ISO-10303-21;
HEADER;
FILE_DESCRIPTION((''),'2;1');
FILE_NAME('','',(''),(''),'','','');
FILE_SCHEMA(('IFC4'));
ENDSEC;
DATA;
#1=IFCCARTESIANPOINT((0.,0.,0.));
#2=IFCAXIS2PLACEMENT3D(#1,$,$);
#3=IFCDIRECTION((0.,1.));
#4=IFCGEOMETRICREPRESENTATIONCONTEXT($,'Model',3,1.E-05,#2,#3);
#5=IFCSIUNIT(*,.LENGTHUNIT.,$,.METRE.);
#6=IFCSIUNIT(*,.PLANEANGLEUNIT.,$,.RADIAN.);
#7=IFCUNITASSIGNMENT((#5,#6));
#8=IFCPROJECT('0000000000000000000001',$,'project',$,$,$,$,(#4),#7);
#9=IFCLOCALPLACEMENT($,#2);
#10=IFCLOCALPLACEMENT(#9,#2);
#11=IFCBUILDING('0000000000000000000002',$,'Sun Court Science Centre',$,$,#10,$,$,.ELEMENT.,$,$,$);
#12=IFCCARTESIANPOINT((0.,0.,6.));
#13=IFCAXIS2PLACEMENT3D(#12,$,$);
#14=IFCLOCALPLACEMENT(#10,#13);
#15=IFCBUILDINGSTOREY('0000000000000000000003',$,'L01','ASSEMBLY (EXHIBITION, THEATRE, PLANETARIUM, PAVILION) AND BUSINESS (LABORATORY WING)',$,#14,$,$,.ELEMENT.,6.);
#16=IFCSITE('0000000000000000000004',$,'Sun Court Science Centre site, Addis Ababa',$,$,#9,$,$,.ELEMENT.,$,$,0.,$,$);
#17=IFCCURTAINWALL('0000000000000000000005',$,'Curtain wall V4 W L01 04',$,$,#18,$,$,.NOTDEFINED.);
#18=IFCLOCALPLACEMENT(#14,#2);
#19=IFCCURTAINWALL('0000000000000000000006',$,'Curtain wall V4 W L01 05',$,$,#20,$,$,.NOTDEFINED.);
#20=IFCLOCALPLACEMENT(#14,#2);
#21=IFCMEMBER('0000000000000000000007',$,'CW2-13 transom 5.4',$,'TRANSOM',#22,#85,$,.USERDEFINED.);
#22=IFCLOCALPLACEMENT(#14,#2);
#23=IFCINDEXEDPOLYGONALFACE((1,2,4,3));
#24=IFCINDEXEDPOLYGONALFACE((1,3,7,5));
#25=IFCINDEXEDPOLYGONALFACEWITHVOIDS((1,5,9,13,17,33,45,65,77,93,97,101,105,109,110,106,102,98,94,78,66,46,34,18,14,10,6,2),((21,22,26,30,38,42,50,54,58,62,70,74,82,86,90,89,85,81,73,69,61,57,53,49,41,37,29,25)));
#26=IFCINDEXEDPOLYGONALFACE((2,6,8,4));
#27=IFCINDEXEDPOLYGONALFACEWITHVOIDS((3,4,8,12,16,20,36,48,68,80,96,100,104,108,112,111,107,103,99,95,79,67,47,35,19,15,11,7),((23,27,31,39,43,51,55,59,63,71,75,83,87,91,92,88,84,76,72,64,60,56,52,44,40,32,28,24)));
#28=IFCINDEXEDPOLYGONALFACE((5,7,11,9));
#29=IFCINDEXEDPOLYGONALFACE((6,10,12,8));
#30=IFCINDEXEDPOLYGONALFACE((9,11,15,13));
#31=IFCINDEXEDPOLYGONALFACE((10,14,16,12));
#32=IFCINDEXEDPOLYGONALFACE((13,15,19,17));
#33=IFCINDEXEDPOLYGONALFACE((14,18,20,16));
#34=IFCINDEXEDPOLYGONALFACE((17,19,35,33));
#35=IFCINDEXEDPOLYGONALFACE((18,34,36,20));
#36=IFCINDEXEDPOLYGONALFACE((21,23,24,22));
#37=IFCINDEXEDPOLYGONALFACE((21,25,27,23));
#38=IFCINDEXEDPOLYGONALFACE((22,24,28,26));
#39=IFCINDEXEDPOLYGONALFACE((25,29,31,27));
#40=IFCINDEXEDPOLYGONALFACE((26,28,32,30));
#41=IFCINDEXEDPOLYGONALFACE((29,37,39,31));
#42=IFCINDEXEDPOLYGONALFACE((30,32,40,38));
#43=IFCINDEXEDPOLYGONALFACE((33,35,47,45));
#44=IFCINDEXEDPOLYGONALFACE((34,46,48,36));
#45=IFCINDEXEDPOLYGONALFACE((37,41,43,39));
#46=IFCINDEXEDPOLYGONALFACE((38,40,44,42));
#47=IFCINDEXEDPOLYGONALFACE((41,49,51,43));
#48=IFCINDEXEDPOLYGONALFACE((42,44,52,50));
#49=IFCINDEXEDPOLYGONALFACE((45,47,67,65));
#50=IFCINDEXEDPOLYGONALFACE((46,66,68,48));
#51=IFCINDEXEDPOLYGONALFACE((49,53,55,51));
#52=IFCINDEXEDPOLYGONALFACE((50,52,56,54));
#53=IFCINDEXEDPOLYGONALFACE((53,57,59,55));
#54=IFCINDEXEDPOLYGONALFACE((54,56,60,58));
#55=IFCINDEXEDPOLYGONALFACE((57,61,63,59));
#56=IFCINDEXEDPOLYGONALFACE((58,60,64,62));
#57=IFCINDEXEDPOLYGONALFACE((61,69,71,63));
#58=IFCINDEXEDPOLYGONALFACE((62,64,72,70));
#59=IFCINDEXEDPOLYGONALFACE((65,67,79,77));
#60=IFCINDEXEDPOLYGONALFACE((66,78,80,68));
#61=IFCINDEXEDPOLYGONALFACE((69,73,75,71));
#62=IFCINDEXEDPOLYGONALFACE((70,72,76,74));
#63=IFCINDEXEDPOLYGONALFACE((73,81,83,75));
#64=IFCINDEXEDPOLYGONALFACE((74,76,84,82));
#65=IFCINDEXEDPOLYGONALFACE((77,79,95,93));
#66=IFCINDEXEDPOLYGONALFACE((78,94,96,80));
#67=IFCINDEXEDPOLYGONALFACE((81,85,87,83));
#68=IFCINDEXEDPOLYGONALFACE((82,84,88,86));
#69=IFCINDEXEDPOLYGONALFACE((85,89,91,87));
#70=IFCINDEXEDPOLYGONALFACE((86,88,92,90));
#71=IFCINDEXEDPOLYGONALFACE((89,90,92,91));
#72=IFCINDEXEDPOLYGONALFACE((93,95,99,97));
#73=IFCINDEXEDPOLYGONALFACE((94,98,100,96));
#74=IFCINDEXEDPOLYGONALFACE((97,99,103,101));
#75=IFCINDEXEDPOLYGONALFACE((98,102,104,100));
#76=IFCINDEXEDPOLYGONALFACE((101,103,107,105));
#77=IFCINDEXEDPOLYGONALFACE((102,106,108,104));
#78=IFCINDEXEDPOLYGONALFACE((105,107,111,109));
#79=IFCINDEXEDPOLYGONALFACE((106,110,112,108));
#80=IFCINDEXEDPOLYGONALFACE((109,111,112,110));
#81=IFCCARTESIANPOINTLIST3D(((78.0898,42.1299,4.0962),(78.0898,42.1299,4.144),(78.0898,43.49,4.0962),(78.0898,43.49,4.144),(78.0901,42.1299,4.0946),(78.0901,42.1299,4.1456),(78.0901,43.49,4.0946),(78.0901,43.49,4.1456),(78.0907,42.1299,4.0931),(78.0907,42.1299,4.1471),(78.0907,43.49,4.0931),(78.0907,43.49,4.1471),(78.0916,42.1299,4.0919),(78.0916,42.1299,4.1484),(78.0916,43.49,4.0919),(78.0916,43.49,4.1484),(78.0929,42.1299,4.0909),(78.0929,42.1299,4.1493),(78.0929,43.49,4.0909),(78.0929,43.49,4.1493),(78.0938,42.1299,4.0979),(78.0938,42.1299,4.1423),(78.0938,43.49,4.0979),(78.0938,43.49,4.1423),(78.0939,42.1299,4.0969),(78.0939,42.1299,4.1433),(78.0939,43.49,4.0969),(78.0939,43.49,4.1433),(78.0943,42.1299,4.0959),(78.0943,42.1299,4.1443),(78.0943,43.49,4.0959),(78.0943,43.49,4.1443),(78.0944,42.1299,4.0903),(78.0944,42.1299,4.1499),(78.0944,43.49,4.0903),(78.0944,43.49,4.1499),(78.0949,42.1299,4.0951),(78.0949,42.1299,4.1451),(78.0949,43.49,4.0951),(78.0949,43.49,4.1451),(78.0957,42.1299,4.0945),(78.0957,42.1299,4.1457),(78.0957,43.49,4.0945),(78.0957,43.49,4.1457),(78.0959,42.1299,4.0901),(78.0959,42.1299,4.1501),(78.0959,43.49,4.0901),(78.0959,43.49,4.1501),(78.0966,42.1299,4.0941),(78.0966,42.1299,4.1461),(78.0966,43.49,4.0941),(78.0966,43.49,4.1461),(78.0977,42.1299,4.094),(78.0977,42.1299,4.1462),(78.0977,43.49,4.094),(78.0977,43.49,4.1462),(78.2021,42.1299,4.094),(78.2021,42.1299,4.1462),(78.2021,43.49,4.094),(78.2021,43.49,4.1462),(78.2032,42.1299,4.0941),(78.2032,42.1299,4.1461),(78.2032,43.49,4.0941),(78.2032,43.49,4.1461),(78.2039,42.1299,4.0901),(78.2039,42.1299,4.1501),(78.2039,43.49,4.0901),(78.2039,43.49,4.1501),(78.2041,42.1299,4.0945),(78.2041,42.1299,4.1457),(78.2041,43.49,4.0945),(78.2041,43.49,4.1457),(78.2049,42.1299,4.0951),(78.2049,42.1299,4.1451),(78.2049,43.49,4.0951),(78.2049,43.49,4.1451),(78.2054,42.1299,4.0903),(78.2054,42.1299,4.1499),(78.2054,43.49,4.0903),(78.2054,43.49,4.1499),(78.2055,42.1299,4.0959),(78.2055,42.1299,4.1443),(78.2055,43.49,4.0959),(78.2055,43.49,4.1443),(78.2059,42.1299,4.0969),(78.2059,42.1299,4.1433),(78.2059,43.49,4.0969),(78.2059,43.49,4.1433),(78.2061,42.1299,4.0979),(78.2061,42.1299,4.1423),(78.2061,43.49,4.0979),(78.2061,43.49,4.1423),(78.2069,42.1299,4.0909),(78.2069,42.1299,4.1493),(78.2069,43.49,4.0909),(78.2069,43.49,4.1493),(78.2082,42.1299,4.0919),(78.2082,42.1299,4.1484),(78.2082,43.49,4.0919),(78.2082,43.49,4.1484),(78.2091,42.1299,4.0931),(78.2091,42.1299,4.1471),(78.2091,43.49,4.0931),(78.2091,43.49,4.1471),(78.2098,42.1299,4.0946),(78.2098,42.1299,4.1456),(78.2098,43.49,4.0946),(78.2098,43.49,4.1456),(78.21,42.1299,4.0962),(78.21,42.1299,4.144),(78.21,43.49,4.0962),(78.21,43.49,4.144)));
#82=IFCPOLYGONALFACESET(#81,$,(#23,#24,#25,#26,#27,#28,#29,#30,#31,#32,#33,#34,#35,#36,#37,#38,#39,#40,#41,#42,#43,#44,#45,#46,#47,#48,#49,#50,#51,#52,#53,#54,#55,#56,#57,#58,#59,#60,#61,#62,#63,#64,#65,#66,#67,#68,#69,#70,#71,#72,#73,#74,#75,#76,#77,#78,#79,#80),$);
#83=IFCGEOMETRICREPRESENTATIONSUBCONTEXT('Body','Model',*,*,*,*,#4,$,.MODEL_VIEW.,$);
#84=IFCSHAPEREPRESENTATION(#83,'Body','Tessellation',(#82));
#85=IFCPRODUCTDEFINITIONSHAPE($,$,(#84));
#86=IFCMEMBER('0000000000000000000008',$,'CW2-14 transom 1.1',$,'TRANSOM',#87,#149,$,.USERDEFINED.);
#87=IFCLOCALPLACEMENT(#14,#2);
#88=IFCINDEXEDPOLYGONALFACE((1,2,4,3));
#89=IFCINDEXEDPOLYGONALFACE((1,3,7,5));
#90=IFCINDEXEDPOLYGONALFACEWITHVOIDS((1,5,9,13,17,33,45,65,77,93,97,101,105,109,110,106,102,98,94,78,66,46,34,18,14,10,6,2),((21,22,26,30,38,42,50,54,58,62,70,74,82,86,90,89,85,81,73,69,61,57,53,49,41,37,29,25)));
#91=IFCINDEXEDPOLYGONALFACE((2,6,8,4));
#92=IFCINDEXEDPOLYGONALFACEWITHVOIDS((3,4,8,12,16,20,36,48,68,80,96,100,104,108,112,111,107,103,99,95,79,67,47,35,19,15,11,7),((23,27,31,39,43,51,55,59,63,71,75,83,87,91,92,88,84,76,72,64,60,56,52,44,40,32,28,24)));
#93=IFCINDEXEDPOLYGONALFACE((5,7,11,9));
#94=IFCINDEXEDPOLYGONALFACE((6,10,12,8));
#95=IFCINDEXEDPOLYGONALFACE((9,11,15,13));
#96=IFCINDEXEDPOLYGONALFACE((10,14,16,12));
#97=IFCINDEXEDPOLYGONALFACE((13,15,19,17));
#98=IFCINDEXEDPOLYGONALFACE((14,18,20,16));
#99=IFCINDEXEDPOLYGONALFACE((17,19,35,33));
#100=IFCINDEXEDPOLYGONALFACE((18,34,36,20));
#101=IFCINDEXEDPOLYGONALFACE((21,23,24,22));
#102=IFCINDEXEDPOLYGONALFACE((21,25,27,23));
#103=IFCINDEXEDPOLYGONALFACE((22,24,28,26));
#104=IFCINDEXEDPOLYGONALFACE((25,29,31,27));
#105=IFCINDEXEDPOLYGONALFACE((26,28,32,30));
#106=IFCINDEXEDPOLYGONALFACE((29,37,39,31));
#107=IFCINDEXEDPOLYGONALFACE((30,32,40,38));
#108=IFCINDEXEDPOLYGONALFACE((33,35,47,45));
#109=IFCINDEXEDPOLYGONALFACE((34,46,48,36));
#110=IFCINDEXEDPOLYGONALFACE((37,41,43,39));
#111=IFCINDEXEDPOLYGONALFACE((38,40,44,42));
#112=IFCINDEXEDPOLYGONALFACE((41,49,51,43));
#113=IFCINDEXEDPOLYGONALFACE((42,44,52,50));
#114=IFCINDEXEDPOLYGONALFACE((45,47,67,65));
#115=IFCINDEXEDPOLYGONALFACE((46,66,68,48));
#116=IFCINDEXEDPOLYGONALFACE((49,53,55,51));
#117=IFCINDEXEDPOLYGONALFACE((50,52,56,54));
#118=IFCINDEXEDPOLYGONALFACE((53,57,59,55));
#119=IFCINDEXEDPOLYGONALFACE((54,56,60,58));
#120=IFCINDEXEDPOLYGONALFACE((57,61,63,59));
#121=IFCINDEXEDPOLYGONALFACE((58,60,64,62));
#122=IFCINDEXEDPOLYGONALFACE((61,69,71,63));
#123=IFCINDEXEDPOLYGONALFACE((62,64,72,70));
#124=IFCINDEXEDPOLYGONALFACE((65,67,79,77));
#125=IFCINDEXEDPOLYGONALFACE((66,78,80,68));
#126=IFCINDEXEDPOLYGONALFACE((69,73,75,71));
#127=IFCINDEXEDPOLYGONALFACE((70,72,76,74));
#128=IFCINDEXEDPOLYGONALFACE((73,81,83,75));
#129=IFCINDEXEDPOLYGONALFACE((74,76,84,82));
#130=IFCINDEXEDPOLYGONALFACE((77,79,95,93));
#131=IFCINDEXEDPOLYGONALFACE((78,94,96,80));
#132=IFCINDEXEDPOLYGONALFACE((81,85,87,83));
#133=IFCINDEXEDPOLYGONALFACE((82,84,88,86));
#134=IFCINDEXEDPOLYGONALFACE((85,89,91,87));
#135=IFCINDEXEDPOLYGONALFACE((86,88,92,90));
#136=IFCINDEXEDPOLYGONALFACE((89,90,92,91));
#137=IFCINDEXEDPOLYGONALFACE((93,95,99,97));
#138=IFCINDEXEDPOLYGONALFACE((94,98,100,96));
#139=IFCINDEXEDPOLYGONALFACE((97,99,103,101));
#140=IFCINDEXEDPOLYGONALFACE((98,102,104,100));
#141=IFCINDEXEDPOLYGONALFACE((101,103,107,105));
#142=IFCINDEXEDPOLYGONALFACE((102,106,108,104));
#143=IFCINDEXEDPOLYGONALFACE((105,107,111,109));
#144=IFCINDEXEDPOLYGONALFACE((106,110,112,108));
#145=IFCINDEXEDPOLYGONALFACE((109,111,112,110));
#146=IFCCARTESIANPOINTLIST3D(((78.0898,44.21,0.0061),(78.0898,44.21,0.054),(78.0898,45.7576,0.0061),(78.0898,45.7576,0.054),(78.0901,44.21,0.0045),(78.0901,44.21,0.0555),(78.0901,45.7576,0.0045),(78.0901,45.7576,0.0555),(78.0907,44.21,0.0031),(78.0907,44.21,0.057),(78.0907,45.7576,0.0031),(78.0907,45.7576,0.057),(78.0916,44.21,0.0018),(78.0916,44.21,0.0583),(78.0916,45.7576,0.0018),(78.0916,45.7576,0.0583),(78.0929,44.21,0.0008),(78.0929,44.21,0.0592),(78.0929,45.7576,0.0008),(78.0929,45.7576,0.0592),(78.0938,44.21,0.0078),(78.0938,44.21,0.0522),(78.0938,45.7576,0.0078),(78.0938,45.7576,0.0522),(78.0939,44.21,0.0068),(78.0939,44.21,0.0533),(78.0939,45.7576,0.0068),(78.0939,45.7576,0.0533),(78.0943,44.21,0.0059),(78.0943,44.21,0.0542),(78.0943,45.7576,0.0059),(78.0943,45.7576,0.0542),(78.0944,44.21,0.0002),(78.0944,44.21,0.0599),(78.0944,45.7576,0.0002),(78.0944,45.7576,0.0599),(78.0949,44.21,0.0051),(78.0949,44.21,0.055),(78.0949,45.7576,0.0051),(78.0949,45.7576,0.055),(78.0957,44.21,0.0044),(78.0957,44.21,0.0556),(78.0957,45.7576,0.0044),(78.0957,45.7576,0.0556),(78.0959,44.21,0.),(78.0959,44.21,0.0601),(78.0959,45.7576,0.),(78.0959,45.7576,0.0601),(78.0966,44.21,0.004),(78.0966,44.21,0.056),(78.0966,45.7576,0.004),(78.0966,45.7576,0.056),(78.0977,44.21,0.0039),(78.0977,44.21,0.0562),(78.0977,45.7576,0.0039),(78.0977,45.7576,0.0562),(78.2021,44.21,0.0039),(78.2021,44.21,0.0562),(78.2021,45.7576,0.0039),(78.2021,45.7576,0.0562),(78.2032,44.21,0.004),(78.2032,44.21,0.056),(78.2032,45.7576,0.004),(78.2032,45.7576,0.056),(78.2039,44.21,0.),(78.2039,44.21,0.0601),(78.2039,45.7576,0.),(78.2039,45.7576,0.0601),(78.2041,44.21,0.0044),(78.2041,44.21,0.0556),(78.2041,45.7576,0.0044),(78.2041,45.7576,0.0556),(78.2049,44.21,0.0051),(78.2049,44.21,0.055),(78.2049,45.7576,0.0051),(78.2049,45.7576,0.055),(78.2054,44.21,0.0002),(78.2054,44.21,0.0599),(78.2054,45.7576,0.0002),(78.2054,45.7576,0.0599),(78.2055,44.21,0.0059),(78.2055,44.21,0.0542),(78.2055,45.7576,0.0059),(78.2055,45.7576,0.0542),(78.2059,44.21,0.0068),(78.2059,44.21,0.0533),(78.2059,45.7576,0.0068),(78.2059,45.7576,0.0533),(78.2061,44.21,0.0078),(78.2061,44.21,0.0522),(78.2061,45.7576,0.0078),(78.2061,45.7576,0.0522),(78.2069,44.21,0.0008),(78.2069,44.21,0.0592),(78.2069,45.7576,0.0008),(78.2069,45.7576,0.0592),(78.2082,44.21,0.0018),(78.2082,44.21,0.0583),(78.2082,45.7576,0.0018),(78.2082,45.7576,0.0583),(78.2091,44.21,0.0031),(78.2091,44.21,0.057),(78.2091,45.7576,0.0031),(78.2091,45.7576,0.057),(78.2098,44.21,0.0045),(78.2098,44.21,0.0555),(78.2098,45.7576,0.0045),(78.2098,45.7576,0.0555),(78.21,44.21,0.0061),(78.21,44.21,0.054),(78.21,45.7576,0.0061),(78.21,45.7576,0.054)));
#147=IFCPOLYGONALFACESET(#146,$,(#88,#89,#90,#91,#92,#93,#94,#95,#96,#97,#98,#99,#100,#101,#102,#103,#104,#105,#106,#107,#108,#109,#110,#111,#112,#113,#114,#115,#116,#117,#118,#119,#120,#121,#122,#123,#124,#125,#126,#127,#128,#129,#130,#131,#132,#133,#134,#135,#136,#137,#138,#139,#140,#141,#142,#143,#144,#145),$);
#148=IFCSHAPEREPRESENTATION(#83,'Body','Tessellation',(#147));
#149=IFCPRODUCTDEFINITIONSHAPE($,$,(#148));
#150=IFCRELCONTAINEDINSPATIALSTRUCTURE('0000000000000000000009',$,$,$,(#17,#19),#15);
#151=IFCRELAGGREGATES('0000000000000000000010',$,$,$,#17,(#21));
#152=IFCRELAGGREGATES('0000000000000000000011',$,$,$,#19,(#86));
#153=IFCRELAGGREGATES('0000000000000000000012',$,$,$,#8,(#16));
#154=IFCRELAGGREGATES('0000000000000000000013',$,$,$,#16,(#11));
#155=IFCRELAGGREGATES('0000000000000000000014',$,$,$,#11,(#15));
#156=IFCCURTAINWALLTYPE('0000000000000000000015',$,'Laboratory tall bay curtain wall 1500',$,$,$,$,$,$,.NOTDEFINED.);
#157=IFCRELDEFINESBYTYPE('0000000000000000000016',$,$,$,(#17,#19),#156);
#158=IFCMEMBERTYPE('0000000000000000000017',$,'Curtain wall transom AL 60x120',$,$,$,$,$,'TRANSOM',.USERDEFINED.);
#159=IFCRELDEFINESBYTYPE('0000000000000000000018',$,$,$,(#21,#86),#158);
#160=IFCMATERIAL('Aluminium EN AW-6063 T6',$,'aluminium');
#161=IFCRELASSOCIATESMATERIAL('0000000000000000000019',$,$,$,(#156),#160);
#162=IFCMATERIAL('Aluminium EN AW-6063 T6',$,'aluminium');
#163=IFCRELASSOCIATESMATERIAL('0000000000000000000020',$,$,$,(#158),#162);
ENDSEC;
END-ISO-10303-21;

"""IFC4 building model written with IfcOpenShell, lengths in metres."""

from ifc_helpers import new_model, si_unit, direction, frame, origin, origin_2d, place, context, subcontext, project, spatial, hollow_rectangle, extrude, material, material_profile, profile_set, type_object, element, aggregate, save


model = new_model("IFC4")

# Units and contexts
model_context = context("Model", 3, precision=1e-05, world=origin(), true_north=direction((0.0, 1.0)))
body_context = subcontext(model_context, "Body", "Model", "MODEL_VIEW")
ifc_project = project(units=[si_unit("LENGTHUNIT", "METRE"), si_unit("PLANEANGLEUNIT", "RADIAN")], contexts=[model_context])

# Site, building, storey
site_placement = place(None, origin())
site = spatial("IfcSite", under=ifc_project, at=site_placement, Name="Sun Court Science Centre site, Addis Ababa", CompositionType="ELEMENT", RefElevation=0.0)
building_placement = place(site_placement, origin())
building = spatial("IfcBuilding", under=site, at=building_placement, Name="Sun Court Science Centre", CompositionType="ELEMENT")
storey_placement = place(building_placement, frame((0.0, 0.0, 6.0)))
storey = spatial("IfcBuildingStorey", under=building, at=storey_placement, Name="L01", Description="ASSEMBLY (EXHIBITION, THEATRE, PLANETARIUM, PAVILION) AND BUSINESS (LABORATORY WING)", CompositionType="ELEMENT", Elevation=6.0)

# Curtain walls
ifc_material_1 = material(Name="Aluminium EN AW-6063 T6", Category="aluminium")
curtain_wall_type_1 = type_object("IfcCurtainWallType", Name="Laboratory tall bay curtain wall 1500", PredefinedType="NOTDEFINED", material=ifc_material_1)
curtain_wall_1_placement = place(storey_placement, origin())
curtain_wall_1 = element("IfcCurtainWall", 1, at=curtain_wall_1_placement, inside=storey, type_object=curtain_wall_type_1, Name="Curtain wall V4 W L01 04", PredefinedType="NOTDEFINED")
curtain_wall_2_placement = place(storey_placement, origin())
curtain_wall_2 = element("IfcCurtainWall", 2, at=curtain_wall_2_placement, inside=storey, type_object=curtain_wall_type_1, Name="Curtain wall V4 W L01 05", PredefinedType="NOTDEFINED")

# Members
ifc_material_2 = material(Name="Aluminium EN AW-6063 T6", Category="aluminium")
ifc_material_profile_1 = material_profile(ifc_material_2, hollow_rectangle(XDim=0.0601, YDim=0.1201, WallThickness=0.0039, InnerFilletRadius=0.0039, OuterFilletRadius=0.0061, at=origin_2d()), Name="AL 60x120x4")
ifc_profile_set_1 = profile_set([ifc_material_profile_1], Name="Aluminium EN AW-6063 T6")
member_type_1 = type_object("IfcMemberType", Name="Curtain wall transom AL 60x120", ElementType="TRANSOM", PredefinedType="USERDEFINED", material=ifc_profile_set_1)
member_1_placement = place(storey_placement, frame((78.1499, 42.1299, 4.1201), z_axis=(0.0, 1.0, 0.0), x_axis=(0.0, 0.0, 1.0)))
member_1 = element("IfcMember", 3, at=member_1_placement, type_object=member_type_1, Name="CW2-13 transom 5.4", ObjectType="TRANSOM", PredefinedType="USERDEFINED", context=body_context, shape_type="SweptSolid", body=[
    extrude(hollow_rectangle(XDim=0.0601, YDim=0.1201, WallThickness=0.0039, InnerFilletRadius=0.0039, OuterFilletRadius=0.0061, at=origin_2d()), origin(), (0.0, 0.0, 1.0), 1.3601),
])
member_2_placement = place(storey_placement, frame((78.1499, 44.21, 0.03), z_axis=(0.0, 1.0, 0.0), x_axis=(0.0, 0.0, 1.0)))
member_2 = element("IfcMember", 4, at=member_2_placement, type_object=member_type_1, Name="CW2-14 transom 1.1", ObjectType="TRANSOM", PredefinedType="USERDEFINED", context=body_context, shape_type="SweptSolid", body=[
    extrude(hollow_rectangle(XDim=0.0601, YDim=0.1201, WallThickness=0.0039, InnerFilletRadius=0.0039, OuterFilletRadius=0.0061, at=origin_2d()), origin(), (0.0, 0.0, 1.0), 1.5476),
])

aggregate(curtain_wall_1, [member_1])
aggregate(curtain_wall_2, [member_2])

save(model, "model.ifc")
